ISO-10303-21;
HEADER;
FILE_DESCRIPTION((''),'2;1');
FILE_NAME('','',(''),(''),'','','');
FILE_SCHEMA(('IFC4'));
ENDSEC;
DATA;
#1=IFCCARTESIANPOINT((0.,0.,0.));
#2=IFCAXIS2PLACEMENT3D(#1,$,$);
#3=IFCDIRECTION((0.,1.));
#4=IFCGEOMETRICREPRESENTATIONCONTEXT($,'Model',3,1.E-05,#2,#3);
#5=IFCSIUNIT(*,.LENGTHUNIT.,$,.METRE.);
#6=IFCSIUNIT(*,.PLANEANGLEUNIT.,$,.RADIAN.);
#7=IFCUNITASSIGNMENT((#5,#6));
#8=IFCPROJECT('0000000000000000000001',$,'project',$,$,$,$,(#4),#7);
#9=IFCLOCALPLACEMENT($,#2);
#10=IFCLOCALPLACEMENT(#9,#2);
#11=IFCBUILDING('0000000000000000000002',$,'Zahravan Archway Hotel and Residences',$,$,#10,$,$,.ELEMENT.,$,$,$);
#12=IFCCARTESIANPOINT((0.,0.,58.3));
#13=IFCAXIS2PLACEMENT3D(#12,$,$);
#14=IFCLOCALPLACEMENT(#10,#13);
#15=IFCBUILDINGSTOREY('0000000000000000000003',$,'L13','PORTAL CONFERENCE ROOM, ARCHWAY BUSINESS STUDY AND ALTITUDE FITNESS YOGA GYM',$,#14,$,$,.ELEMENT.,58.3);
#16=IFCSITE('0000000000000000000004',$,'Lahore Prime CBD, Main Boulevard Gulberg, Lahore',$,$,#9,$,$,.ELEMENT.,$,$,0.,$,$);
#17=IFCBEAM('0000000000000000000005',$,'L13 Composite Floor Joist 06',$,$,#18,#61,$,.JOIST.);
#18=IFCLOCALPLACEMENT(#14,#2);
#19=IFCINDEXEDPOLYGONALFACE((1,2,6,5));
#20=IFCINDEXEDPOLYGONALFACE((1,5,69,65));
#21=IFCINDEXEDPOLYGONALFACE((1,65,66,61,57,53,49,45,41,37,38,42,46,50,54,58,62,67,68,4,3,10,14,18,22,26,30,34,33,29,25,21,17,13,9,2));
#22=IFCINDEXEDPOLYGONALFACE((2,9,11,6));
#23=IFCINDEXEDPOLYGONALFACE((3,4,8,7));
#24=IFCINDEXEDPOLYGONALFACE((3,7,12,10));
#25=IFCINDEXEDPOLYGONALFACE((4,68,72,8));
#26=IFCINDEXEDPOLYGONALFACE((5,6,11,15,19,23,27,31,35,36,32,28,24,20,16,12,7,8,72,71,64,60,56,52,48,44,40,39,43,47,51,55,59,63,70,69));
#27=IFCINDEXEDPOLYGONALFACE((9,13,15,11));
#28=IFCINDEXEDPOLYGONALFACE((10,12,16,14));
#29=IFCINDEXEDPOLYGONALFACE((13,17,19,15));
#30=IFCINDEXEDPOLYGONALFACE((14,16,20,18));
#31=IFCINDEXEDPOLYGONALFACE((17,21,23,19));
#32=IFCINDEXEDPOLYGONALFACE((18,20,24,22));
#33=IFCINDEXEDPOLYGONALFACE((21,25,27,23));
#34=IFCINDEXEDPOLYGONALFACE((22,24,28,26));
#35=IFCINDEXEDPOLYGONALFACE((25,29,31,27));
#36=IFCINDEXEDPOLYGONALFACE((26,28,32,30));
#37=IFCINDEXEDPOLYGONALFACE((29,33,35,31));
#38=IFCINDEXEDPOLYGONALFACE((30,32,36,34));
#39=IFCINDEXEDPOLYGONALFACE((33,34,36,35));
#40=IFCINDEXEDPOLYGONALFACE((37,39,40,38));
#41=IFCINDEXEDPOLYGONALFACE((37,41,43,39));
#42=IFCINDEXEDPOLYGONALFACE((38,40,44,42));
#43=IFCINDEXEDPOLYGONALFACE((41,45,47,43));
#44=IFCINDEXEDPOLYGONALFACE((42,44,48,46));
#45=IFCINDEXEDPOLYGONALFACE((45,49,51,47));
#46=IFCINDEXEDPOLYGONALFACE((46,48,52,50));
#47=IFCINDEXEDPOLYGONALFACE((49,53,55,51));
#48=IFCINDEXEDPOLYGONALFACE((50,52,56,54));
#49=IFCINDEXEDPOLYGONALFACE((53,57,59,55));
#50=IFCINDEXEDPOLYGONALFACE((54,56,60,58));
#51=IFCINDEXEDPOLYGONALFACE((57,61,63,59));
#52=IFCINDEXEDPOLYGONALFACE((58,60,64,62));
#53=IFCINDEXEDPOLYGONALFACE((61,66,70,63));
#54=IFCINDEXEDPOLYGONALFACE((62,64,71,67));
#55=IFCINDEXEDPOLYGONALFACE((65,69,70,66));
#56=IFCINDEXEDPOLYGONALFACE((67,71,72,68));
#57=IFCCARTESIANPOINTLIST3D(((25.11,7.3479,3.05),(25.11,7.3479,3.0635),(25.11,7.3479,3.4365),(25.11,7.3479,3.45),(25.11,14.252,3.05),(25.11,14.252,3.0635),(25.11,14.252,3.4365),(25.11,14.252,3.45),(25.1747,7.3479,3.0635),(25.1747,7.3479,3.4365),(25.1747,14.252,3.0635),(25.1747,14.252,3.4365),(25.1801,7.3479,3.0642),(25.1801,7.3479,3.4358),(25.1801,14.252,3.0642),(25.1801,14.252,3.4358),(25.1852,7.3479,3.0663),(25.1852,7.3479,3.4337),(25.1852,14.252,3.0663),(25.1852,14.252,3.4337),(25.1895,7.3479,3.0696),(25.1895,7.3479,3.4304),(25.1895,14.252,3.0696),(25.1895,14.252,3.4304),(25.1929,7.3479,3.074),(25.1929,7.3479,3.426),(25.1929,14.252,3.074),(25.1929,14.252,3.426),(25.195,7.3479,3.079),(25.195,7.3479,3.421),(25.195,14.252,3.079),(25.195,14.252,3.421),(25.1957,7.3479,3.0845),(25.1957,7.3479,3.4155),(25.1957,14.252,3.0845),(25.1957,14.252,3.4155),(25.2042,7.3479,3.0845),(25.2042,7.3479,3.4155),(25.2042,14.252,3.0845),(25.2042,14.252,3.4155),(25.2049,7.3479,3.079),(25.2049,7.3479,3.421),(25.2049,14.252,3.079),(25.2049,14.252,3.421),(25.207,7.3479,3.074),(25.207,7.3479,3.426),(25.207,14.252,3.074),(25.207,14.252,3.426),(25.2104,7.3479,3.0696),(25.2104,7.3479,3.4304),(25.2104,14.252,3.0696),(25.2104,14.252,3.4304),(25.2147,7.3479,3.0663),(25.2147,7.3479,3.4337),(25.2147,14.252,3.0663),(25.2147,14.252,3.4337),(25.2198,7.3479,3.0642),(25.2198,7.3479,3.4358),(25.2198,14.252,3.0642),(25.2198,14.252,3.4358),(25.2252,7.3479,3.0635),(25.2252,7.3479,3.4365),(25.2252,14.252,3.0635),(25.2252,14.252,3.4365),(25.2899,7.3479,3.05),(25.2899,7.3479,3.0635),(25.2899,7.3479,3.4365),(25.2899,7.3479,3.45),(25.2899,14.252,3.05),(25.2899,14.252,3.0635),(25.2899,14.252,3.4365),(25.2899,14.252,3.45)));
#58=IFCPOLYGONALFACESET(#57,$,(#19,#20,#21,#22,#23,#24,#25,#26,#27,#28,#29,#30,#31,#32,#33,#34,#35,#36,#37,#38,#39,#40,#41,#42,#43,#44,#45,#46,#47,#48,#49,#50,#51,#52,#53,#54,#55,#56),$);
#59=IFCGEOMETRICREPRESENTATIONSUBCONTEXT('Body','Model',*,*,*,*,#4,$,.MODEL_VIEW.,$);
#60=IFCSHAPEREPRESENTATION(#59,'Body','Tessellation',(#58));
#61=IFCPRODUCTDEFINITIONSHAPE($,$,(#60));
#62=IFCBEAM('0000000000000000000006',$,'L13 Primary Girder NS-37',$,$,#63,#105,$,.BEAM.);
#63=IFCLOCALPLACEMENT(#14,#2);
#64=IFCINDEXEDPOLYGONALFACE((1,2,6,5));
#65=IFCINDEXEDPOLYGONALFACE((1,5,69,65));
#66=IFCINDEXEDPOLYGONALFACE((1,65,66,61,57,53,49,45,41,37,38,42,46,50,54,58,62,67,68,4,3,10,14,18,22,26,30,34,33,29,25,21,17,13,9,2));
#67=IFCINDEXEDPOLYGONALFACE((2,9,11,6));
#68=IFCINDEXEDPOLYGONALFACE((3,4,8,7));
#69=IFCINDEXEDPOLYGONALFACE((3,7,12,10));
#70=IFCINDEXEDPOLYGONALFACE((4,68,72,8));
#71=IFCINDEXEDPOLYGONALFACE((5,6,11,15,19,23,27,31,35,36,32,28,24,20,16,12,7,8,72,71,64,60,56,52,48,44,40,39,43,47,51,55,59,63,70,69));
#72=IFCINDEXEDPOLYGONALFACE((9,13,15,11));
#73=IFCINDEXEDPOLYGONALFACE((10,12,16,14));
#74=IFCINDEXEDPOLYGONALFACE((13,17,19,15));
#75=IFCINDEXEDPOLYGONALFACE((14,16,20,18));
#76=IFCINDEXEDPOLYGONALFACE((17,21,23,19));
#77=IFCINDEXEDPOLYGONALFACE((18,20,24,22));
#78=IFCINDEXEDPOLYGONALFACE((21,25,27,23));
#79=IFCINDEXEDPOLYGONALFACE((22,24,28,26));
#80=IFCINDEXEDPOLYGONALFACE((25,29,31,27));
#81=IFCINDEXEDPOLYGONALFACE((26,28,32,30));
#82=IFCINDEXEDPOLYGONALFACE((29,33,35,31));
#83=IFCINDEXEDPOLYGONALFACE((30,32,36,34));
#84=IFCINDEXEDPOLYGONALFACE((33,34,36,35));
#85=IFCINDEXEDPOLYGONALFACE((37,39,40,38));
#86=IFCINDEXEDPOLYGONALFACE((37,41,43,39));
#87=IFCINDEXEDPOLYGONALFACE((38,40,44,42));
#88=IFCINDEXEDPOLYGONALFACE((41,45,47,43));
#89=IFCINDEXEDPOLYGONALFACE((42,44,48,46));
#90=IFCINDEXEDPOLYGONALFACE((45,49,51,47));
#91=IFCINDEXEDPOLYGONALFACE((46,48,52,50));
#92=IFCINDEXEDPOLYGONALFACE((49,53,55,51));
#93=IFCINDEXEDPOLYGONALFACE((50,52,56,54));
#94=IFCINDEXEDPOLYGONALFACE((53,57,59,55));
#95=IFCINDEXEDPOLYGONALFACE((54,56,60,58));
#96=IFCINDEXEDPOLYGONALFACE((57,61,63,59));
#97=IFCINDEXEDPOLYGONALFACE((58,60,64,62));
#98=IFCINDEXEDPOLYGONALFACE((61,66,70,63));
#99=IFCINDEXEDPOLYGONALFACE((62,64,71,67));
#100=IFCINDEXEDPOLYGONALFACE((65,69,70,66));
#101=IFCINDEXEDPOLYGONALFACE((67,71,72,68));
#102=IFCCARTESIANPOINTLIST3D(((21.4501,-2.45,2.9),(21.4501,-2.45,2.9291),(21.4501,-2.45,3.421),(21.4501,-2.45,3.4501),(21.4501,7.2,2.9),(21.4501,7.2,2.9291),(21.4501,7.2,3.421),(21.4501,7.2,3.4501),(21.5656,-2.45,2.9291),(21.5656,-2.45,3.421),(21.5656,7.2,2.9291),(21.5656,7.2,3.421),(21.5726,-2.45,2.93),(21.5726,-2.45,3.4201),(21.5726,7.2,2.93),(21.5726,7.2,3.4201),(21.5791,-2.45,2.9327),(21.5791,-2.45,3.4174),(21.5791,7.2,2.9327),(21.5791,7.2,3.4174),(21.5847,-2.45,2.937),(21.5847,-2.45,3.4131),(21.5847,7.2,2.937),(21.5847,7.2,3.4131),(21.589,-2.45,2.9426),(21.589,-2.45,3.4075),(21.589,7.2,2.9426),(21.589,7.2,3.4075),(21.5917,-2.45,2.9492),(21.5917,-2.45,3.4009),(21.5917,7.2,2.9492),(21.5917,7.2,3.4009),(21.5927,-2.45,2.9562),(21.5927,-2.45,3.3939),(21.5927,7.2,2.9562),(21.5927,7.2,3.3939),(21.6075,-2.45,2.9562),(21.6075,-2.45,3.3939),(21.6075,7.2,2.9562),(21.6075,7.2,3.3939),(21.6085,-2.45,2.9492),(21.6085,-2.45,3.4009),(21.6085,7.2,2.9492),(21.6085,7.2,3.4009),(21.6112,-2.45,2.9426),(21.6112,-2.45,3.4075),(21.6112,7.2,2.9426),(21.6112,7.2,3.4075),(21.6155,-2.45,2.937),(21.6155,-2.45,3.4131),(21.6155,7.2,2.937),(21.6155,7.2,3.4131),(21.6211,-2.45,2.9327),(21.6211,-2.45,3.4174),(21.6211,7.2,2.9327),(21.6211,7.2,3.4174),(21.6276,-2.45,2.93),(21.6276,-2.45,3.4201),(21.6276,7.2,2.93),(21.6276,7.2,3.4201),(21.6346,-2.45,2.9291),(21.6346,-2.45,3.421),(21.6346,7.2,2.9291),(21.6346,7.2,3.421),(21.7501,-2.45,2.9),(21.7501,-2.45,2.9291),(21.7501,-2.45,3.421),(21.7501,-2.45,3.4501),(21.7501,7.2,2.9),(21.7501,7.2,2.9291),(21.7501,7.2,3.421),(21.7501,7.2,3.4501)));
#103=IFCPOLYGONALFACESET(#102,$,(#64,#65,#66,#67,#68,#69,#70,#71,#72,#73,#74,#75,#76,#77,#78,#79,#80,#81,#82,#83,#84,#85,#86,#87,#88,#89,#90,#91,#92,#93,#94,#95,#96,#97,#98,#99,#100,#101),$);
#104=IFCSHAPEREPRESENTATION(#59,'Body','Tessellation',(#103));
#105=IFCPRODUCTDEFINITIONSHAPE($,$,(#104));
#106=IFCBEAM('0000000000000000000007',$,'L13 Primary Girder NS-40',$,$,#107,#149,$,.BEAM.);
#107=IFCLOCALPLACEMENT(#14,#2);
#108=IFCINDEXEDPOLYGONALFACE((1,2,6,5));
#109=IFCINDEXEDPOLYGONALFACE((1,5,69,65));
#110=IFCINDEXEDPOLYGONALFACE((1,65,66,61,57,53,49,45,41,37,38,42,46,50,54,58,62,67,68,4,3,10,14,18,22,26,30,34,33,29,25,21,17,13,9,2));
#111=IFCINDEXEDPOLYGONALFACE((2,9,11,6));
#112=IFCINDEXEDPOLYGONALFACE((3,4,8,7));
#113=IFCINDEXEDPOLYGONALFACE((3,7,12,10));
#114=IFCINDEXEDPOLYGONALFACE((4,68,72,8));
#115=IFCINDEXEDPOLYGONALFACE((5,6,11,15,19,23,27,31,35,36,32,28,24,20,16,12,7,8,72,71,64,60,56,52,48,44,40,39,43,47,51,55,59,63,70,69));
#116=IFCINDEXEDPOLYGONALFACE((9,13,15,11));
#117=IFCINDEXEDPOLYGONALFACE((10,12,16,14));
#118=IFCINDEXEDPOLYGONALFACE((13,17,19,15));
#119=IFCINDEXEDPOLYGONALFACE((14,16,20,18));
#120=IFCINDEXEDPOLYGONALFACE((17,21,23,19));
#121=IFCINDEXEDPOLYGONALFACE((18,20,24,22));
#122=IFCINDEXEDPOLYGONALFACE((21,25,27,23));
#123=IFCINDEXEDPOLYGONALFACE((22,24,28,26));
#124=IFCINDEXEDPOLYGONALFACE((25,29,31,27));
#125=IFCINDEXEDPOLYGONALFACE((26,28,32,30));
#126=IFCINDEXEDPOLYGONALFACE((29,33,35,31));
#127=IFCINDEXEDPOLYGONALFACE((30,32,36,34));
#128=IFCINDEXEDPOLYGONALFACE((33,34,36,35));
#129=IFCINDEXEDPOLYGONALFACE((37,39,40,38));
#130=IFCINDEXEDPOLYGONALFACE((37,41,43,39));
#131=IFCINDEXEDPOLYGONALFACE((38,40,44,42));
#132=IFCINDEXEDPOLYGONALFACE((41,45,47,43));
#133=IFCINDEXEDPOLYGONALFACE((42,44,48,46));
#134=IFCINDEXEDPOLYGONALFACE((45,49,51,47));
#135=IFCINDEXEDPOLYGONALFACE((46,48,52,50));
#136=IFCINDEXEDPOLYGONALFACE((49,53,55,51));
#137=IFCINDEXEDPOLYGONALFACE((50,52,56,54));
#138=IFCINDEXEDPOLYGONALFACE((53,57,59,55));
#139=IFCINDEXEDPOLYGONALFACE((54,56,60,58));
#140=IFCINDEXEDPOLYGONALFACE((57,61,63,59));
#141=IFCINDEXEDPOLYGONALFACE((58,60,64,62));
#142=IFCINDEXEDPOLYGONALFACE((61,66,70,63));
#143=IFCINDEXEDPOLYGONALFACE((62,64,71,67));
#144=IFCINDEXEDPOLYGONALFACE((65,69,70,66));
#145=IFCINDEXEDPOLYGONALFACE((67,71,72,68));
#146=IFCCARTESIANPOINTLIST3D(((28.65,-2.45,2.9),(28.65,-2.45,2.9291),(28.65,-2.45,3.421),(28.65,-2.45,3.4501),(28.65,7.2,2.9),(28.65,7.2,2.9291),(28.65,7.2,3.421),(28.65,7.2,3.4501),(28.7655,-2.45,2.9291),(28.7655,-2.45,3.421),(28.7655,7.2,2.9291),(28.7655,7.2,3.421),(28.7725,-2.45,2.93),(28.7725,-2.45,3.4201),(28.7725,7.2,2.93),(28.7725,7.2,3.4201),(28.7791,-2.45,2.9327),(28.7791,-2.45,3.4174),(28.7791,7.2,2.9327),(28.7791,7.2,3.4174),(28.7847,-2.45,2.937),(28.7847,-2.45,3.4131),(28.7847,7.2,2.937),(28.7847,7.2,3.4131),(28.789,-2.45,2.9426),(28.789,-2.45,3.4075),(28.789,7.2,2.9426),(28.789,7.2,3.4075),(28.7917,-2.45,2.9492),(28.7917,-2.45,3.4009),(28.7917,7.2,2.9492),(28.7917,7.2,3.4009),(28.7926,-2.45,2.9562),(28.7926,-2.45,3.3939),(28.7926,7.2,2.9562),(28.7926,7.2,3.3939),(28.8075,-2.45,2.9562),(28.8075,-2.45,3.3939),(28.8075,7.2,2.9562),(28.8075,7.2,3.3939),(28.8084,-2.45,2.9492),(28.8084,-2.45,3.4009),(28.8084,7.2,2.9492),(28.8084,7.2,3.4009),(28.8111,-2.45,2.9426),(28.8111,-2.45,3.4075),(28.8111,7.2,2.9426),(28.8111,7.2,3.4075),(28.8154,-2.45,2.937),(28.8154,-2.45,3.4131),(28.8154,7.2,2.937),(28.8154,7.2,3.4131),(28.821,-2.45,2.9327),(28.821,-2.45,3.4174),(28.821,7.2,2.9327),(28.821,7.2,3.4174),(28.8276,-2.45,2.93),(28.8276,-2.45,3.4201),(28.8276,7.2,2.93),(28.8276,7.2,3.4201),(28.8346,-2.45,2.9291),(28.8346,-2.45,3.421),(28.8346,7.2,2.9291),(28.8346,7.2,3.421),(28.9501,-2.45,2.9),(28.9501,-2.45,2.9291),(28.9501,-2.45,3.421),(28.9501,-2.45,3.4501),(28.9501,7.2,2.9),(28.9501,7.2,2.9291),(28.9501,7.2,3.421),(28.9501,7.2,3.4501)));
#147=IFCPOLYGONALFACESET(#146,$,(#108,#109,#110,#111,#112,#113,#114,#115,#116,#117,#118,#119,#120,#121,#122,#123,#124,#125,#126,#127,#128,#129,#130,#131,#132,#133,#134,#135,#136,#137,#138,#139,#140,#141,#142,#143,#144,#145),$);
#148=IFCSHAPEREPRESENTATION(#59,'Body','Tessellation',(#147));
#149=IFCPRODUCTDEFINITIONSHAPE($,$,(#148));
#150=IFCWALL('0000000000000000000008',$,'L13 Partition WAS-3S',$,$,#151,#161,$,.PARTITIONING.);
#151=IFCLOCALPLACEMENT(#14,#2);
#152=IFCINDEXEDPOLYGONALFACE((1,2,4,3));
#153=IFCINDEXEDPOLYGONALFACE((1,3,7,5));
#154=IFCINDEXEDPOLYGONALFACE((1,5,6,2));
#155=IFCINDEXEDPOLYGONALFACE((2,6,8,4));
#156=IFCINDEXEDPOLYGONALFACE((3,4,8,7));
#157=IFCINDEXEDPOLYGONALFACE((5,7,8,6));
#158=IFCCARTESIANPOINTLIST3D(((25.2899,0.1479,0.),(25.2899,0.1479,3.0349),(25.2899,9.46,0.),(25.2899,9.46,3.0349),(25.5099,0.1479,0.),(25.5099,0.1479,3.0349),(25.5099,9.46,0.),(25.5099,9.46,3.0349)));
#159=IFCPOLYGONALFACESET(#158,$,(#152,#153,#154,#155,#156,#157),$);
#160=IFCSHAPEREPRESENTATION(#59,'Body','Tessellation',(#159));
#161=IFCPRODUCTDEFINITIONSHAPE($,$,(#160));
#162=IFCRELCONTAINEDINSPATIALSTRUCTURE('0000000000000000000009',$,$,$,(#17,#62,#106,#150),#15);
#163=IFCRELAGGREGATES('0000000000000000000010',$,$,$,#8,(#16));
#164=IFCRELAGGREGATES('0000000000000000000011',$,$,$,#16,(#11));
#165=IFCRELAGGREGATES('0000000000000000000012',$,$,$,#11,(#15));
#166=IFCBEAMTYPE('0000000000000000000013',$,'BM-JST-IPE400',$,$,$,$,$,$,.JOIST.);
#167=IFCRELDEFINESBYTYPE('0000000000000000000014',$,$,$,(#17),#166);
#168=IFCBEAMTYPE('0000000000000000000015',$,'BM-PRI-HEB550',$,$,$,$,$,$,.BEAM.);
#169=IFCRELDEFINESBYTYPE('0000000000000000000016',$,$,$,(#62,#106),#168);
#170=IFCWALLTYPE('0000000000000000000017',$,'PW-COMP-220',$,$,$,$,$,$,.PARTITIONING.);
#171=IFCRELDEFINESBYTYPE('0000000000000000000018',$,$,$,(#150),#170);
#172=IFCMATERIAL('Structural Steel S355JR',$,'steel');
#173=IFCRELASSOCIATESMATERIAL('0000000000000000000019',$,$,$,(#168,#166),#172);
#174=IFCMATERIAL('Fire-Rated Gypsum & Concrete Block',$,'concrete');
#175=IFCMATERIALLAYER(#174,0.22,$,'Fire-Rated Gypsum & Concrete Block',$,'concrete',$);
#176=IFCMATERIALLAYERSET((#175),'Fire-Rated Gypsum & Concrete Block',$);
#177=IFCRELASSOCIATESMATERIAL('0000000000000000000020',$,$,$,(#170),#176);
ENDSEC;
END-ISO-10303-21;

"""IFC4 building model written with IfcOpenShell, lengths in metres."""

from ifc_helpers import new_model, si_unit, direction, frame, frame_2d, origin, origin_2d, place, context, subcontext, project, spatial, rectangle, i_section, extrude, source, transform, mapped, material, layer, layer_set, material_profile, profile_set, type_object, type_shapes, element, save


model = new_model("IFC4")

# Units and contexts
model_context = context("Model", 3, precision=1e-05, world=origin(), true_north=direction((0.0, 1.0)))
body_context = subcontext(model_context, "Body", "Model", "MODEL_VIEW")
ifc_project = project(units=[si_unit("LENGTHUNIT", "METRE"), si_unit("PLANEANGLEUNIT", "RADIAN")], contexts=[model_context])

# Site, building, storey
site_placement = place(None, origin())
site = spatial("IfcSite", under=ifc_project, at=site_placement, Name="Lahore Prime CBD, Main Boulevard Gulberg, Lahore", CompositionType="ELEMENT", RefElevation=0.0)
building_placement = place(site_placement, origin())
building = spatial("IfcBuilding", under=site, at=building_placement, Name="Zahravan Archway Hotel and Residences", CompositionType="ELEMENT")
storey_placement = place(building_placement, frame((0.0, 0.0, 58.3)))
storey = spatial("IfcBuildingStorey", under=building, at=storey_placement, Name="L13", Description="PORTAL CONFERENCE ROOM, ARCHWAY BUSINESS STUDY AND ALTITUDE FITNESS YOGA GYM", CompositionType="ELEMENT", Elevation=58.3)

# Beams
ifc_material_1 = material(Name="Structural Steel S355JR", Category="steel")
ifc_material_profile_1 = material_profile(ifc_material_1, i_section(OverallWidth=0.3, OverallDepth=0.55, WebThickness=0.0149, FlangeThickness=0.0291, FilletRadius=0.0271, at=origin_2d()), Name="HEB 550", Category="steel")
ifc_profile_set_1 = profile_set([ifc_material_profile_1], Name="Structural Steel S355JR")
beam_type_1 = type_object("IfcBeamType", Name="BM-PRI-HEB550", PredefinedType="BEAM", material=ifc_profile_set_1)
ifc_material_profile_2 = material_profile(ifc_material_1, i_section(OverallWidth=0.1799, OverallDepth=0.3999, WebThickness=0.0085, FlangeThickness=0.0134, FilletRadius=0.021, at=origin_2d()), Name="IPE 400", Category="steel")
ifc_profile_set_2 = profile_set([ifc_material_profile_2], Name="Structural Steel S355JR")
beam_type_2 = type_object("IfcBeamType", Name="BM-JST-IPE400", PredefinedType="JOIST", material=ifc_profile_set_2)
shared_shape_1 = source(origin(), body_context, "Body", "SweptSolid", [
    extrude(i_section(OverallWidth=0.1799, OverallDepth=0.3999, WebThickness=0.0085, FlangeThickness=0.0134, FilletRadius=0.021, at=origin_2d()), origin(), (0.0, 0.0, 1.0), 6.9041),
])
type_shapes(beam_type_2, [shared_shape_1])
for number, where, z_axis, x_axis, name in (
    (1, (25.2, 7.3479, 3.25), (0.0, 1.0, 0.0), (-1.0, 0.0, 0.0), "L13 Composite Floor Joist 06"),
):
    element("IfcBeam", number, at=place(storey_placement, frame(where, z_axis=z_axis, x_axis=x_axis)), inside=storey, type_object=beam_type_2, Name=name, PredefinedType="JOIST", context=body_context, shape_type="MappedRepresentation", body=[
        mapped(shared_shape_1, transform((0.0, 0.0, 0.0), scale=1.0)),
    ])
shared_shape_2 = source(origin(), body_context, "Body", "SweptSolid", [
    extrude(i_section(OverallWidth=0.3, OverallDepth=0.55, WebThickness=0.0149, FlangeThickness=0.0291, FilletRadius=0.0271, at=origin_2d()), origin(), (0.0, 0.0, 1.0), 9.6499),
])
for number, where, z_axis, x_axis, name in (
    (2, (21.6001, -2.45, 3.175), (0.0, 1.0, 0.0), (-1.0, 0.0, 0.0), "L13 Primary Girder NS-37"),
    (3, (28.8, -2.45, 3.175), (0.0, 1.0, 0.0), (-1.0, 0.0, 0.0), "L13 Primary Girder NS-40"),
):
    element("IfcBeam", number, at=place(storey_placement, frame(where, z_axis=z_axis, x_axis=x_axis)), inside=storey, type_object=beam_type_1, Name=name, PredefinedType="BEAM", context=body_context, shape_type="MappedRepresentation", body=[
        mapped(shared_shape_2, transform((0.0, 0.0, 0.0), scale=1.0)),
    ])

# Wall
ifc_material_2 = material(Name="Fire-Rated Gypsum & Concrete Block", Category="concrete")
ifc_layer_1 = layer(ifc_material_2, 0.22, Name="Fire-Rated Gypsum & Concrete Block", Category="concrete")
ifc_layer_set_1 = layer_set([ifc_layer_1], Name="Fire-Rated Gypsum & Concrete Block")
wall_type_1 = type_object("IfcWallType", Name="PW-COMP-220", PredefinedType="PARTITIONING", material=ifc_layer_set_1)
wall_1_placement = place(storey_placement, frame((25.3999, 0.1479, 0.0), z_axis=(0.0, 0.0, 1.0), x_axis=(0.0, 1.0, 0.0)))
element("IfcWall", 4, at=wall_1_placement, inside=storey, type_object=wall_type_1, Name="L13 Partition WAS-3S", PredefinedType="PARTITIONING", context=body_context, shape_type="SweptSolid", body=[
    extrude(rectangle(XDim=9.312, YDim=0.22, at=frame_2d((4.656, 0.0))), origin(), (0.0, 0.0, 1.0), 3.0349),
])

save(model, "model.ifc")
